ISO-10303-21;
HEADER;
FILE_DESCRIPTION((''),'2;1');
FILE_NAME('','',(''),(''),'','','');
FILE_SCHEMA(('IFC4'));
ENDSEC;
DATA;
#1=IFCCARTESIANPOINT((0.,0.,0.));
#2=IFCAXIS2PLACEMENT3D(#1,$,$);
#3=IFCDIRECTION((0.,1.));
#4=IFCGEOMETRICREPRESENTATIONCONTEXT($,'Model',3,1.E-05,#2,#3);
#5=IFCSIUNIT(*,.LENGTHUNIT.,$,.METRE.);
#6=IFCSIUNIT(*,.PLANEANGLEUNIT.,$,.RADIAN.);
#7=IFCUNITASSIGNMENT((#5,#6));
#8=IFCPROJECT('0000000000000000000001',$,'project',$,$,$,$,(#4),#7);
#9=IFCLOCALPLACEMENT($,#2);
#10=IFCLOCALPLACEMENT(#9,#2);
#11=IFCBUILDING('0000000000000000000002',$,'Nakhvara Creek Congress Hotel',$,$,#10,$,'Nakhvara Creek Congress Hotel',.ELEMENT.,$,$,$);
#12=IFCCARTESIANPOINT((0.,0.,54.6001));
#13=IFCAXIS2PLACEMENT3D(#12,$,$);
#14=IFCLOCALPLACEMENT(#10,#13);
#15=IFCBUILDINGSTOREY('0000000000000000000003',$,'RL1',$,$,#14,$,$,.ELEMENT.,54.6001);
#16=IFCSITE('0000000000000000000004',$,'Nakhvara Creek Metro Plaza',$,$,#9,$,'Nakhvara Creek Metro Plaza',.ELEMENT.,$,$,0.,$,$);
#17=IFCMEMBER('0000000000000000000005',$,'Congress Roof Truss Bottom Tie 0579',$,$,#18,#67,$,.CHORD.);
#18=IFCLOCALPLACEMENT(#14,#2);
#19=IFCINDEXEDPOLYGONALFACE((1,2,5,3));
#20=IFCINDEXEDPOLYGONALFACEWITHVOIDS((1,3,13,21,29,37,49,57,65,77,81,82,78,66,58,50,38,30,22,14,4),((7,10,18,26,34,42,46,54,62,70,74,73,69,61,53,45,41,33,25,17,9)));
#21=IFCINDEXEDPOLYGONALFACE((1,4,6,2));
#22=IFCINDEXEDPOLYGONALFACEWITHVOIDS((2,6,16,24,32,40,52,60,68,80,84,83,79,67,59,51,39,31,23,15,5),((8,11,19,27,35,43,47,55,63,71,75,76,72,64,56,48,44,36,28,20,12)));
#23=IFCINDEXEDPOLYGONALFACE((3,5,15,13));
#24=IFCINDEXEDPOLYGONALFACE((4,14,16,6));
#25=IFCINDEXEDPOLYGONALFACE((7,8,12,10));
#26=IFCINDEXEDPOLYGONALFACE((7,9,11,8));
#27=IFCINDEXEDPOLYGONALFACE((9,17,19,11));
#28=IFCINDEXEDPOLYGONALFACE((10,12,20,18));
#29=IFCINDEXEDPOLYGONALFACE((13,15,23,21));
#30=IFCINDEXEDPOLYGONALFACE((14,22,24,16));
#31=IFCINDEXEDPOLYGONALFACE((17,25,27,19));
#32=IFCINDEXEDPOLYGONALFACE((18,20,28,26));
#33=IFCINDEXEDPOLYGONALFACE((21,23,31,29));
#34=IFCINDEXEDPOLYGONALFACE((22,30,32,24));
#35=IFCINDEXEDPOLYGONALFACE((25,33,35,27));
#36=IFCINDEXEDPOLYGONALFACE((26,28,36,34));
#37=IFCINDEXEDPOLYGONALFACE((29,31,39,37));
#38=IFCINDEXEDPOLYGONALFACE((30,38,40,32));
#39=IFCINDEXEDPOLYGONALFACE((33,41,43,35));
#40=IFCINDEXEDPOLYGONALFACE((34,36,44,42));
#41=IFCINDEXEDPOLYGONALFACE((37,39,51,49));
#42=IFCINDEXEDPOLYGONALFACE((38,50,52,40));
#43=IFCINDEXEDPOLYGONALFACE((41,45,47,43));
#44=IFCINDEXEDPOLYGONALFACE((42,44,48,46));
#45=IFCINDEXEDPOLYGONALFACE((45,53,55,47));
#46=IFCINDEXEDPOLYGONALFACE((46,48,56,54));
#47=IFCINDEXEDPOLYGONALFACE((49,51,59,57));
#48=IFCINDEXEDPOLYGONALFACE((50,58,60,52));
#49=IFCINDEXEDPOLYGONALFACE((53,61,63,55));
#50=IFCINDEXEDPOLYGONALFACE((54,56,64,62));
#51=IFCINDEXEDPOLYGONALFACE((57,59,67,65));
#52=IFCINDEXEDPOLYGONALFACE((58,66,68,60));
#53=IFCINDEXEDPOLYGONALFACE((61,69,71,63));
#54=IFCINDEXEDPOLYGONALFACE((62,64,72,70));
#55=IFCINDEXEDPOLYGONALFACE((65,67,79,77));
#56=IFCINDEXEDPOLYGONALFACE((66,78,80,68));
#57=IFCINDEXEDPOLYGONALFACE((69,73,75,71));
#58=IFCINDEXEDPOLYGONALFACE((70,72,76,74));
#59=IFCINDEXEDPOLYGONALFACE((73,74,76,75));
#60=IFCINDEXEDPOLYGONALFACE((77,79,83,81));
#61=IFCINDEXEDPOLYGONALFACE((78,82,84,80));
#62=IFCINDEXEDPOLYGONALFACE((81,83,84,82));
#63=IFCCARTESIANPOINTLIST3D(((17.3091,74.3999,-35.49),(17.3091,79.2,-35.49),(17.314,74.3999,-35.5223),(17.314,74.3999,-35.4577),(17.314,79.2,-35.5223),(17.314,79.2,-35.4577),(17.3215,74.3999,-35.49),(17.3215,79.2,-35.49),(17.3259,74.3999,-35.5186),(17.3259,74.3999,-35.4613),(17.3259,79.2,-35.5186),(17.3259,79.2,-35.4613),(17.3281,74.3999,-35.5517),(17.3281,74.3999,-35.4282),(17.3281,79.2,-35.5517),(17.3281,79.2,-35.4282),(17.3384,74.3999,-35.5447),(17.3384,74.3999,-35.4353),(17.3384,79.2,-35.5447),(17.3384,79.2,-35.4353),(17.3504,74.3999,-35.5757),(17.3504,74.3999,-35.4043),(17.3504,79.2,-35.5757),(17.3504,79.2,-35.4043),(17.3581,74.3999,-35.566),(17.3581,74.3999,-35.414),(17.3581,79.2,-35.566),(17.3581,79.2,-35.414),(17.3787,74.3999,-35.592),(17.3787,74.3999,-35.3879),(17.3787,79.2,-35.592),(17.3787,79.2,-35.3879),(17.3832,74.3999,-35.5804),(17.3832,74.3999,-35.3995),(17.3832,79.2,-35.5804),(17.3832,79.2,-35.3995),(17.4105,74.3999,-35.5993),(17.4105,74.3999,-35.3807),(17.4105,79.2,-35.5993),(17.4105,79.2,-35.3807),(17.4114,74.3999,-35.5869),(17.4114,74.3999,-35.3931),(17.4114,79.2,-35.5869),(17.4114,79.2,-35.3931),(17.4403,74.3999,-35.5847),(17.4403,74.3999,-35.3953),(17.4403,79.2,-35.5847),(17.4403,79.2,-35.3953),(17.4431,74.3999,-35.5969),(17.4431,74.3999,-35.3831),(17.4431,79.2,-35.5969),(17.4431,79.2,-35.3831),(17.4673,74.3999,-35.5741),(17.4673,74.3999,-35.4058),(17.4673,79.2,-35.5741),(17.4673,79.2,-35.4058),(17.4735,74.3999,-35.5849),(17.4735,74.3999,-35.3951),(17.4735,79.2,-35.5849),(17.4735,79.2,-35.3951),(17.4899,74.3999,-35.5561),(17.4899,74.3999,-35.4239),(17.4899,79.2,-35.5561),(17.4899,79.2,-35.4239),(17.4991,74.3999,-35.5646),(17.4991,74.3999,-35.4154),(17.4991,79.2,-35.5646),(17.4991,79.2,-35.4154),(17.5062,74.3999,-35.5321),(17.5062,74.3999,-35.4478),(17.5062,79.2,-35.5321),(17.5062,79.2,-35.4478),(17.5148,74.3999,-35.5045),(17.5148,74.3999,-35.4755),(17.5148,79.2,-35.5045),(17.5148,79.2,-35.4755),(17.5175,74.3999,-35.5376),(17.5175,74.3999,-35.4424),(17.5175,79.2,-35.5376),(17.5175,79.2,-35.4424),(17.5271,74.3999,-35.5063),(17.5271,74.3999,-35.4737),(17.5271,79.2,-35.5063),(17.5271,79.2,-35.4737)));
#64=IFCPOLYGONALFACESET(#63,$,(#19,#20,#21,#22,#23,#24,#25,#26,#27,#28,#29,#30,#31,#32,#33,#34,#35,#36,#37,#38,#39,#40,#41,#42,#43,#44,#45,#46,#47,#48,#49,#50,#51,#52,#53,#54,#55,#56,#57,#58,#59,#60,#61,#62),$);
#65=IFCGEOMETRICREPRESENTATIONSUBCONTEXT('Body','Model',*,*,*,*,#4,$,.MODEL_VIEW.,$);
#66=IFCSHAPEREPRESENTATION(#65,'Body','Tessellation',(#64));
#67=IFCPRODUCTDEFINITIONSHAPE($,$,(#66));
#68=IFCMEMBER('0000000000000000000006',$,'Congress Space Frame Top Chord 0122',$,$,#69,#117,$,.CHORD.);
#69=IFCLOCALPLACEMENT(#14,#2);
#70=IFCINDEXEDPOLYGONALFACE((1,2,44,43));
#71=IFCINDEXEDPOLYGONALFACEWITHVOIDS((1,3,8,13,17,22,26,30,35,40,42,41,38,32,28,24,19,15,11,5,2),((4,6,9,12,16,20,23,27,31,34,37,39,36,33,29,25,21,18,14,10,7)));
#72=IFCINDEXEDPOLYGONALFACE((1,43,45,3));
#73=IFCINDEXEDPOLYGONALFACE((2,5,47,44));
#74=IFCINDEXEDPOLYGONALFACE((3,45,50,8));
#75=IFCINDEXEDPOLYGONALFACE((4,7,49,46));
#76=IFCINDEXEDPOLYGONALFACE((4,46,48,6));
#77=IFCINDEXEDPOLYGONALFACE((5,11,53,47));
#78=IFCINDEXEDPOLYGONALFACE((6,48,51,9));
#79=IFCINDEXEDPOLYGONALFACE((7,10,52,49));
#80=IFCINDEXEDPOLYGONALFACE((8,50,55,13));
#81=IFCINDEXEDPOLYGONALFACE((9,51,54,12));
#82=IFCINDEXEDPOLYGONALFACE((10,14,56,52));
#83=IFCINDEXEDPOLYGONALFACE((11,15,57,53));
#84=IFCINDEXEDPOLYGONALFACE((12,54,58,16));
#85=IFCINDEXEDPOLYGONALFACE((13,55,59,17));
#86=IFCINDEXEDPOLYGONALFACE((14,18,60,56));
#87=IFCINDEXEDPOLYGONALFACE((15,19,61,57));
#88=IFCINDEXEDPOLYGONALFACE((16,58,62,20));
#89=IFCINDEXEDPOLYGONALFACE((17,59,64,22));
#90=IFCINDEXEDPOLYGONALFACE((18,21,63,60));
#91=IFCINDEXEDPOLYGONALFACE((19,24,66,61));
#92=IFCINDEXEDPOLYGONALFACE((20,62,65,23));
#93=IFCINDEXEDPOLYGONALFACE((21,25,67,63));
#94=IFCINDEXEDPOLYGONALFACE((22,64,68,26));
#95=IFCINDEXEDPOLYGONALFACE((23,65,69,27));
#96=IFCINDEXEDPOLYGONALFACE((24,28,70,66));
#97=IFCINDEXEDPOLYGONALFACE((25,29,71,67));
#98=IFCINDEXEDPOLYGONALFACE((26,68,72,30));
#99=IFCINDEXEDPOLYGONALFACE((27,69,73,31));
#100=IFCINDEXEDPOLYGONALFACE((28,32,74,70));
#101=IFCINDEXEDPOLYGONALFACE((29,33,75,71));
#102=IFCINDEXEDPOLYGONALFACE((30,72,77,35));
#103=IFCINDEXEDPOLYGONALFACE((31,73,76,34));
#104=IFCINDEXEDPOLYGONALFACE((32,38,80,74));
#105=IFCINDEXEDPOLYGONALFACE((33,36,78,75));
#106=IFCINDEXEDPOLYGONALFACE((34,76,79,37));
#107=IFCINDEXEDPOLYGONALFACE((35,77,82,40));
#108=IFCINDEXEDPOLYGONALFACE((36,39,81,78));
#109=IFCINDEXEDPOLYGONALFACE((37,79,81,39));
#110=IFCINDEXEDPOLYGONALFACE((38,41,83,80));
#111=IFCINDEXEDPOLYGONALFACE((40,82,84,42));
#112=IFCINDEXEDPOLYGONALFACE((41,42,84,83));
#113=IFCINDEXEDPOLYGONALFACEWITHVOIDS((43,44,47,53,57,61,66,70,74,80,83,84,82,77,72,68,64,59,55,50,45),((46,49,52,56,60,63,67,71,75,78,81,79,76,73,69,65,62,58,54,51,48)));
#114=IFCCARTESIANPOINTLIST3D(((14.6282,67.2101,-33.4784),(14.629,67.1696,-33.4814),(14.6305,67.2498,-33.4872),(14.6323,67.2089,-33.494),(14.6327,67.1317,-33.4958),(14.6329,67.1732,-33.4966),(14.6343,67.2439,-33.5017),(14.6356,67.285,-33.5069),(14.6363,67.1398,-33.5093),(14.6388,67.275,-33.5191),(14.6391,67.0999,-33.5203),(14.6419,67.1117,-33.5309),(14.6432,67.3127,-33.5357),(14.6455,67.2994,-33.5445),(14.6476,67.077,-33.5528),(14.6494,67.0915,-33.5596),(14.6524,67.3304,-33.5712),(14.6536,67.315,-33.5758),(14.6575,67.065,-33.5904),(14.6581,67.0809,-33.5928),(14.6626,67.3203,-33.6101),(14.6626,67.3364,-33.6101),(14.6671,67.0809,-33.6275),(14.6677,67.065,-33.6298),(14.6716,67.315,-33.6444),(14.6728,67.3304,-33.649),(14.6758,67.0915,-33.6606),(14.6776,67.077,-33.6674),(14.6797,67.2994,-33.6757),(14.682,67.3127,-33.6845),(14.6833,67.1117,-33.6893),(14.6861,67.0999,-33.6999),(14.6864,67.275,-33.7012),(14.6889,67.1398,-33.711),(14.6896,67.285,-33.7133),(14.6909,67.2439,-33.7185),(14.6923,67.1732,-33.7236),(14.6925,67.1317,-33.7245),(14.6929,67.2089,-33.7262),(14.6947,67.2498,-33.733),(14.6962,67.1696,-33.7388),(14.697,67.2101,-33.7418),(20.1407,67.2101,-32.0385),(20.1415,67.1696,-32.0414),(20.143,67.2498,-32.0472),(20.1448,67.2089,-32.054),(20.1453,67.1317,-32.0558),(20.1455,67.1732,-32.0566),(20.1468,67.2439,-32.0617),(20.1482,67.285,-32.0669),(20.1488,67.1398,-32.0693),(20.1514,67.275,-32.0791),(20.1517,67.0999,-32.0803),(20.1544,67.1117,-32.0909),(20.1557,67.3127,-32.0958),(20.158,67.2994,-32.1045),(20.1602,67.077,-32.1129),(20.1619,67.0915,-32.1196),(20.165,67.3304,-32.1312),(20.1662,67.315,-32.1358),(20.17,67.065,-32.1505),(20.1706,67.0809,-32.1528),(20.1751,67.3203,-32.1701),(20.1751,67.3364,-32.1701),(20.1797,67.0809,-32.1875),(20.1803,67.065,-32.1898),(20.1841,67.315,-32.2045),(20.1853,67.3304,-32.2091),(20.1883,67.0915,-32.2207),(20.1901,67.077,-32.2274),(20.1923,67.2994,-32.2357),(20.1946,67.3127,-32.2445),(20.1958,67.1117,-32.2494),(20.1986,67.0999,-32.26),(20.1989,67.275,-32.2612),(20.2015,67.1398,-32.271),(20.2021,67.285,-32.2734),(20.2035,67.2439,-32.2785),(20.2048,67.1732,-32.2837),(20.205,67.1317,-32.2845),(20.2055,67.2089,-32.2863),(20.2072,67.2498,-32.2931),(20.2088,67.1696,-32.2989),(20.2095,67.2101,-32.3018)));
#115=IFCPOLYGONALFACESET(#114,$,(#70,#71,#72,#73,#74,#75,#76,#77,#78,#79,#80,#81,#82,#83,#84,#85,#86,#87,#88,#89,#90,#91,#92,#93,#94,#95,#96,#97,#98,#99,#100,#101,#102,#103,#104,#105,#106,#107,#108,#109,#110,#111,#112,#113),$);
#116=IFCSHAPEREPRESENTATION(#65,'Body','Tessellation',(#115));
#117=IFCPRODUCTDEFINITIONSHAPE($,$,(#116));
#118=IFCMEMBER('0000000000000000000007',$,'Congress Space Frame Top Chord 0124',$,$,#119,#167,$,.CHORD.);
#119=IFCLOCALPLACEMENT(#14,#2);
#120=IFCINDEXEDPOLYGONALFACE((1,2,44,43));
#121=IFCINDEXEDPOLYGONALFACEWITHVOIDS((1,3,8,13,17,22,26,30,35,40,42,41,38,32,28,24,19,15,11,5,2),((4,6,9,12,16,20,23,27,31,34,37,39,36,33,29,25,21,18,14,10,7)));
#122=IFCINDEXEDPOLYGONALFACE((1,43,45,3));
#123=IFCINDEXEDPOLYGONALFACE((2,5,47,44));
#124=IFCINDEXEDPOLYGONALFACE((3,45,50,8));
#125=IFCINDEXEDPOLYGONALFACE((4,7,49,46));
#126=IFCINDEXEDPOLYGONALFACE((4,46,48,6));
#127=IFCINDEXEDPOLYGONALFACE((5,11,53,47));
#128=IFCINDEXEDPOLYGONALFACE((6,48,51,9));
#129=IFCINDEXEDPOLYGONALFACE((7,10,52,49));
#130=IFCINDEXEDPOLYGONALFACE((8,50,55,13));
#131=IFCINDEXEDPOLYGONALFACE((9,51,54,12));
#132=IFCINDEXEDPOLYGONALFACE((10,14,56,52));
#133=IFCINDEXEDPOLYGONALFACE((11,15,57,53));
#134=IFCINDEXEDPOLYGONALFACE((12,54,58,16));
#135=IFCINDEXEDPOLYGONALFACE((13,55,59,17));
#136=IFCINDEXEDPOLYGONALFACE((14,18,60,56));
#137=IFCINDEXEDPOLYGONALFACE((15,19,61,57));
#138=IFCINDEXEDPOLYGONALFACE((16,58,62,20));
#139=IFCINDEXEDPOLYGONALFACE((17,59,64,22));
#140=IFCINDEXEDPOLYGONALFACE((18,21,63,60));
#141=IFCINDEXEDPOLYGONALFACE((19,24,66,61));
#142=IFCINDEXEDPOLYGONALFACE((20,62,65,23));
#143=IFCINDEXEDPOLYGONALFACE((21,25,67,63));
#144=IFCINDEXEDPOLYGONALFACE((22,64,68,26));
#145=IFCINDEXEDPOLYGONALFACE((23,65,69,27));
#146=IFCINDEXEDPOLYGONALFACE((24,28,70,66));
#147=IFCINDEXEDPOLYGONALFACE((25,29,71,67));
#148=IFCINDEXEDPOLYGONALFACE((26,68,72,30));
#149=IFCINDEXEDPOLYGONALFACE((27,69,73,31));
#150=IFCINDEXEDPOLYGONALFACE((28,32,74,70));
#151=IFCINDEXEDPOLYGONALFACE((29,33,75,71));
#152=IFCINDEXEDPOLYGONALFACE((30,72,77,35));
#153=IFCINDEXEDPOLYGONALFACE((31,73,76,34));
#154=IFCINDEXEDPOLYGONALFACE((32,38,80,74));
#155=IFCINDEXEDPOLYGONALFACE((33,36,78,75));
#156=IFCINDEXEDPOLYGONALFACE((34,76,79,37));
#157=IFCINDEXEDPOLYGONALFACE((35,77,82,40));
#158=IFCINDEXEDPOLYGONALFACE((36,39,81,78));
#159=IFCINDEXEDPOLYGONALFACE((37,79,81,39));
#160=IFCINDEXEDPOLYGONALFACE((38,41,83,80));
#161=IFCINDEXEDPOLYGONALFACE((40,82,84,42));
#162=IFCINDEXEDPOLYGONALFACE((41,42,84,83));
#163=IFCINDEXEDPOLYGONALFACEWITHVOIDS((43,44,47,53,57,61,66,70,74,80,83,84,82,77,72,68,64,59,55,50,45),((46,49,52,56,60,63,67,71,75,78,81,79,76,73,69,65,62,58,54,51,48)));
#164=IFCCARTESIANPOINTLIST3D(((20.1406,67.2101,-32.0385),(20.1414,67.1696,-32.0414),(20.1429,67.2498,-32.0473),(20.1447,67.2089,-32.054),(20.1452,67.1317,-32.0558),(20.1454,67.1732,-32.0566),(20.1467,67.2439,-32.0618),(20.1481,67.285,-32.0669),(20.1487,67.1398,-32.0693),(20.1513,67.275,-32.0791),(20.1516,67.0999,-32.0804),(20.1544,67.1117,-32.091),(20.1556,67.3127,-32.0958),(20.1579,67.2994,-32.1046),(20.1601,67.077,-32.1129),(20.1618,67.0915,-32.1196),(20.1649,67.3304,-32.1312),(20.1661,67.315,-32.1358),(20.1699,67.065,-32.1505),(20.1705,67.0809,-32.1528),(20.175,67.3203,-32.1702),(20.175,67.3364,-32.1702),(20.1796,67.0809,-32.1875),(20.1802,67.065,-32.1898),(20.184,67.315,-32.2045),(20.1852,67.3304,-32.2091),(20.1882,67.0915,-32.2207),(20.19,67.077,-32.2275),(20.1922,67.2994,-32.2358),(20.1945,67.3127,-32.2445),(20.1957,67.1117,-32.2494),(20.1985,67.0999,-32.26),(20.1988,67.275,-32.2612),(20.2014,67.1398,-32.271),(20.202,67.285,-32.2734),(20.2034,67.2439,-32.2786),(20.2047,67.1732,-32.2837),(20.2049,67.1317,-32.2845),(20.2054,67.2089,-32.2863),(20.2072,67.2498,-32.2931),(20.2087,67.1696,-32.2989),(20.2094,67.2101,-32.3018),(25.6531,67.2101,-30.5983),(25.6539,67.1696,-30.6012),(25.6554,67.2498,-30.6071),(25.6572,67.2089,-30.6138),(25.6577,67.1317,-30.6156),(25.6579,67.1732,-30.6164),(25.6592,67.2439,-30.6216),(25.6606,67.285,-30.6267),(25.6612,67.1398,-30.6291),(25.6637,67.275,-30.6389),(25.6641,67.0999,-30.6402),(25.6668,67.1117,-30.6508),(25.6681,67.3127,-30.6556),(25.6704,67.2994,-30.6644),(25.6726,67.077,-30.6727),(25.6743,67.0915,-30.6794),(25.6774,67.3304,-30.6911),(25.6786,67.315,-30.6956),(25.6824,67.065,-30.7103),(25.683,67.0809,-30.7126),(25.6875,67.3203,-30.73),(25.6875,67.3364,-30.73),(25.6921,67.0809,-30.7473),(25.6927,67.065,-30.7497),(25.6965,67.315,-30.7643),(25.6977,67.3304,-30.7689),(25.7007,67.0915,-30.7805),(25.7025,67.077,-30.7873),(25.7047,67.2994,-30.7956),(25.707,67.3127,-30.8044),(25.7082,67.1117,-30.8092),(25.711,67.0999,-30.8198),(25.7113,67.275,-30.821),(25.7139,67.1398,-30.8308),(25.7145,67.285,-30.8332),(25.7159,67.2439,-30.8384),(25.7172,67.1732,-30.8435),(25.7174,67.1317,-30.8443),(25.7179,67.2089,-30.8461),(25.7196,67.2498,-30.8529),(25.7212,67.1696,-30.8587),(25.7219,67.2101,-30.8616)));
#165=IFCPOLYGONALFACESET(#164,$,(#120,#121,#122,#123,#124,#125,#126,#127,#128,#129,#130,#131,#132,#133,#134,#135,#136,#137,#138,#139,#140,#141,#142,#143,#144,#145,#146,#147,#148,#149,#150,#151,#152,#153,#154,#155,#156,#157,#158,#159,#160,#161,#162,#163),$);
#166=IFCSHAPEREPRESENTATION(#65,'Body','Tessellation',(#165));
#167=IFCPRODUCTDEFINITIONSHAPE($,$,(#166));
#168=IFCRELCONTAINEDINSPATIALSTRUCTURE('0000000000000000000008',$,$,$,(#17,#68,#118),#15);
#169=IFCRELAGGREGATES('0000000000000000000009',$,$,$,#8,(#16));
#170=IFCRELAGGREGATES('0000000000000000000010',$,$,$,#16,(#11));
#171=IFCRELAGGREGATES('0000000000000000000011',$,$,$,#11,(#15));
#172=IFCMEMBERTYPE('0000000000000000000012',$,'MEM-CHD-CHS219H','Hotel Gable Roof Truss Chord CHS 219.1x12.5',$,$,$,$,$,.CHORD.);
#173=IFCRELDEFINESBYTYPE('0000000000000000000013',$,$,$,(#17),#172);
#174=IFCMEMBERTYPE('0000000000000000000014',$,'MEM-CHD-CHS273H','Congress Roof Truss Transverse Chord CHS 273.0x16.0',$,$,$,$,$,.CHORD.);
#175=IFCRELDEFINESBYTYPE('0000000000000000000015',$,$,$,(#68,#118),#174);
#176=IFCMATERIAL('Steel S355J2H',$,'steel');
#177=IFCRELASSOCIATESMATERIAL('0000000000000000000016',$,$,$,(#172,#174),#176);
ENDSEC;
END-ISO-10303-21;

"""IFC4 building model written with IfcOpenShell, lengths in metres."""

from ifc_helpers import new_model, si_unit, direction, frame, origin, origin_2d, place, context, subcontext, project, spatial, hollow_circle, extrude, material, material_profile, profile_set, type_object, element, save


model = new_model("IFC4")

# Units and contexts
model_context = context("Model", 3, precision=1e-05, world=origin(), true_north=direction((0.0, 1.0)))
body_context = subcontext(model_context, "Body", "Model", "MODEL_VIEW")
ifc_project = project(units=[si_unit("LENGTHUNIT", "METRE"), si_unit("PLANEANGLEUNIT", "RADIAN")], contexts=[model_context])

# Site, building, storey
site_placement = place(None, origin())
site = spatial("IfcSite", under=ifc_project, at=site_placement, Name="Nakhvara Creek Metro Plaza", LongName="Nakhvara Creek Metro Plaza", CompositionType="ELEMENT", RefElevation=0.0)
building_placement = place(site_placement, origin())
building = spatial("IfcBuilding", under=site, at=building_placement, Name="Nakhvara Creek Congress Hotel", LongName="Nakhvara Creek Congress Hotel", CompositionType="ELEMENT")
storey_placement = place(building_placement, frame((0.0, 0.0, 54.6001)))
storey = spatial("IfcBuildingStorey", under=building, at=storey_placement, Name="RL1", CompositionType="ELEMENT", Elevation=54.6001)

# Members
ifc_material_1 = material(Name="Steel S355J2H", Category="steel")
ifc_material_profile_1 = material_profile(ifc_material_1, hollow_circle(Radius=0.1096, WallThickness=0.0125, at=origin_2d()), Name="CHS 219.1x12.5", Category="LoadBearing")
ifc_profile_set_1 = profile_set([ifc_material_profile_1], Name="Steel S355J2H")
member_type_1 = type_object("IfcMemberType", Name="MEM-CHD-CHS219H", Description="Hotel Gable Roof Truss Chord CHS 219.1x12.5", PredefinedType="CHORD", material=ifc_profile_set_1)
member_1_placement = place(storey_placement, frame((17.4187, 74.3999, -35.49), z_axis=(0.0, 1.0, 0.0), x_axis=(-1.0, 0.0, 0.0)))
element("IfcMember", 1, at=member_1_placement, inside=storey, type_object=member_type_1, Name="Congress Roof Truss Bottom Tie 0579", PredefinedType="CHORD", context=body_context, shape_type="SweptSolid", body=[
    extrude(hollow_circle(Radius=0.1096, WallThickness=0.0125, at=origin_2d()), origin(), (0.0, 0.0, 1.0), 4.8),
])
ifc_material_profile_2 = material_profile(ifc_material_1, hollow_circle(Radius=0.1365, WallThickness=0.0161, at=origin_2d()), Name="CHS 273.0x16.0", Category="LoadBearing")
ifc_profile_set_2 = profile_set([ifc_material_profile_2], Name="Steel S355J2H")
member_type_2 = type_object("IfcMemberType", Name="MEM-CHD-CHS273H", Description="Congress Roof Truss Transverse Chord CHS 273.0x16.0", PredefinedType="CHORD", material=ifc_profile_set_2)
for number, where, z_axis, x_axis, name in (
    (2, (14.6626, 67.2, -33.6101), (0.967535, 0.0, 0.252736), (0.0, 1.0, 0.0), "Congress Space Frame Top Chord 0122"),
    (3, (20.175, 67.2, -32.1702), (0.967525, 0.0, 0.252776), (0.0, 1.0, 0.0), "Congress Space Frame Top Chord 0124"),
):
    element("IfcMember", number, at=place(storey_placement, frame(where, z_axis=z_axis, x_axis=x_axis)), inside=storey, type_object=member_type_2, Name=name, PredefinedType="CHORD", context=body_context, shape_type="SweptSolid", body=[
        extrude(hollow_circle(Radius=0.1365, WallThickness=0.0161, at=origin_2d()), origin(), (0.0, 0.0, 1.0), 5.6975),
    ])

save(model, "model.ifc")
